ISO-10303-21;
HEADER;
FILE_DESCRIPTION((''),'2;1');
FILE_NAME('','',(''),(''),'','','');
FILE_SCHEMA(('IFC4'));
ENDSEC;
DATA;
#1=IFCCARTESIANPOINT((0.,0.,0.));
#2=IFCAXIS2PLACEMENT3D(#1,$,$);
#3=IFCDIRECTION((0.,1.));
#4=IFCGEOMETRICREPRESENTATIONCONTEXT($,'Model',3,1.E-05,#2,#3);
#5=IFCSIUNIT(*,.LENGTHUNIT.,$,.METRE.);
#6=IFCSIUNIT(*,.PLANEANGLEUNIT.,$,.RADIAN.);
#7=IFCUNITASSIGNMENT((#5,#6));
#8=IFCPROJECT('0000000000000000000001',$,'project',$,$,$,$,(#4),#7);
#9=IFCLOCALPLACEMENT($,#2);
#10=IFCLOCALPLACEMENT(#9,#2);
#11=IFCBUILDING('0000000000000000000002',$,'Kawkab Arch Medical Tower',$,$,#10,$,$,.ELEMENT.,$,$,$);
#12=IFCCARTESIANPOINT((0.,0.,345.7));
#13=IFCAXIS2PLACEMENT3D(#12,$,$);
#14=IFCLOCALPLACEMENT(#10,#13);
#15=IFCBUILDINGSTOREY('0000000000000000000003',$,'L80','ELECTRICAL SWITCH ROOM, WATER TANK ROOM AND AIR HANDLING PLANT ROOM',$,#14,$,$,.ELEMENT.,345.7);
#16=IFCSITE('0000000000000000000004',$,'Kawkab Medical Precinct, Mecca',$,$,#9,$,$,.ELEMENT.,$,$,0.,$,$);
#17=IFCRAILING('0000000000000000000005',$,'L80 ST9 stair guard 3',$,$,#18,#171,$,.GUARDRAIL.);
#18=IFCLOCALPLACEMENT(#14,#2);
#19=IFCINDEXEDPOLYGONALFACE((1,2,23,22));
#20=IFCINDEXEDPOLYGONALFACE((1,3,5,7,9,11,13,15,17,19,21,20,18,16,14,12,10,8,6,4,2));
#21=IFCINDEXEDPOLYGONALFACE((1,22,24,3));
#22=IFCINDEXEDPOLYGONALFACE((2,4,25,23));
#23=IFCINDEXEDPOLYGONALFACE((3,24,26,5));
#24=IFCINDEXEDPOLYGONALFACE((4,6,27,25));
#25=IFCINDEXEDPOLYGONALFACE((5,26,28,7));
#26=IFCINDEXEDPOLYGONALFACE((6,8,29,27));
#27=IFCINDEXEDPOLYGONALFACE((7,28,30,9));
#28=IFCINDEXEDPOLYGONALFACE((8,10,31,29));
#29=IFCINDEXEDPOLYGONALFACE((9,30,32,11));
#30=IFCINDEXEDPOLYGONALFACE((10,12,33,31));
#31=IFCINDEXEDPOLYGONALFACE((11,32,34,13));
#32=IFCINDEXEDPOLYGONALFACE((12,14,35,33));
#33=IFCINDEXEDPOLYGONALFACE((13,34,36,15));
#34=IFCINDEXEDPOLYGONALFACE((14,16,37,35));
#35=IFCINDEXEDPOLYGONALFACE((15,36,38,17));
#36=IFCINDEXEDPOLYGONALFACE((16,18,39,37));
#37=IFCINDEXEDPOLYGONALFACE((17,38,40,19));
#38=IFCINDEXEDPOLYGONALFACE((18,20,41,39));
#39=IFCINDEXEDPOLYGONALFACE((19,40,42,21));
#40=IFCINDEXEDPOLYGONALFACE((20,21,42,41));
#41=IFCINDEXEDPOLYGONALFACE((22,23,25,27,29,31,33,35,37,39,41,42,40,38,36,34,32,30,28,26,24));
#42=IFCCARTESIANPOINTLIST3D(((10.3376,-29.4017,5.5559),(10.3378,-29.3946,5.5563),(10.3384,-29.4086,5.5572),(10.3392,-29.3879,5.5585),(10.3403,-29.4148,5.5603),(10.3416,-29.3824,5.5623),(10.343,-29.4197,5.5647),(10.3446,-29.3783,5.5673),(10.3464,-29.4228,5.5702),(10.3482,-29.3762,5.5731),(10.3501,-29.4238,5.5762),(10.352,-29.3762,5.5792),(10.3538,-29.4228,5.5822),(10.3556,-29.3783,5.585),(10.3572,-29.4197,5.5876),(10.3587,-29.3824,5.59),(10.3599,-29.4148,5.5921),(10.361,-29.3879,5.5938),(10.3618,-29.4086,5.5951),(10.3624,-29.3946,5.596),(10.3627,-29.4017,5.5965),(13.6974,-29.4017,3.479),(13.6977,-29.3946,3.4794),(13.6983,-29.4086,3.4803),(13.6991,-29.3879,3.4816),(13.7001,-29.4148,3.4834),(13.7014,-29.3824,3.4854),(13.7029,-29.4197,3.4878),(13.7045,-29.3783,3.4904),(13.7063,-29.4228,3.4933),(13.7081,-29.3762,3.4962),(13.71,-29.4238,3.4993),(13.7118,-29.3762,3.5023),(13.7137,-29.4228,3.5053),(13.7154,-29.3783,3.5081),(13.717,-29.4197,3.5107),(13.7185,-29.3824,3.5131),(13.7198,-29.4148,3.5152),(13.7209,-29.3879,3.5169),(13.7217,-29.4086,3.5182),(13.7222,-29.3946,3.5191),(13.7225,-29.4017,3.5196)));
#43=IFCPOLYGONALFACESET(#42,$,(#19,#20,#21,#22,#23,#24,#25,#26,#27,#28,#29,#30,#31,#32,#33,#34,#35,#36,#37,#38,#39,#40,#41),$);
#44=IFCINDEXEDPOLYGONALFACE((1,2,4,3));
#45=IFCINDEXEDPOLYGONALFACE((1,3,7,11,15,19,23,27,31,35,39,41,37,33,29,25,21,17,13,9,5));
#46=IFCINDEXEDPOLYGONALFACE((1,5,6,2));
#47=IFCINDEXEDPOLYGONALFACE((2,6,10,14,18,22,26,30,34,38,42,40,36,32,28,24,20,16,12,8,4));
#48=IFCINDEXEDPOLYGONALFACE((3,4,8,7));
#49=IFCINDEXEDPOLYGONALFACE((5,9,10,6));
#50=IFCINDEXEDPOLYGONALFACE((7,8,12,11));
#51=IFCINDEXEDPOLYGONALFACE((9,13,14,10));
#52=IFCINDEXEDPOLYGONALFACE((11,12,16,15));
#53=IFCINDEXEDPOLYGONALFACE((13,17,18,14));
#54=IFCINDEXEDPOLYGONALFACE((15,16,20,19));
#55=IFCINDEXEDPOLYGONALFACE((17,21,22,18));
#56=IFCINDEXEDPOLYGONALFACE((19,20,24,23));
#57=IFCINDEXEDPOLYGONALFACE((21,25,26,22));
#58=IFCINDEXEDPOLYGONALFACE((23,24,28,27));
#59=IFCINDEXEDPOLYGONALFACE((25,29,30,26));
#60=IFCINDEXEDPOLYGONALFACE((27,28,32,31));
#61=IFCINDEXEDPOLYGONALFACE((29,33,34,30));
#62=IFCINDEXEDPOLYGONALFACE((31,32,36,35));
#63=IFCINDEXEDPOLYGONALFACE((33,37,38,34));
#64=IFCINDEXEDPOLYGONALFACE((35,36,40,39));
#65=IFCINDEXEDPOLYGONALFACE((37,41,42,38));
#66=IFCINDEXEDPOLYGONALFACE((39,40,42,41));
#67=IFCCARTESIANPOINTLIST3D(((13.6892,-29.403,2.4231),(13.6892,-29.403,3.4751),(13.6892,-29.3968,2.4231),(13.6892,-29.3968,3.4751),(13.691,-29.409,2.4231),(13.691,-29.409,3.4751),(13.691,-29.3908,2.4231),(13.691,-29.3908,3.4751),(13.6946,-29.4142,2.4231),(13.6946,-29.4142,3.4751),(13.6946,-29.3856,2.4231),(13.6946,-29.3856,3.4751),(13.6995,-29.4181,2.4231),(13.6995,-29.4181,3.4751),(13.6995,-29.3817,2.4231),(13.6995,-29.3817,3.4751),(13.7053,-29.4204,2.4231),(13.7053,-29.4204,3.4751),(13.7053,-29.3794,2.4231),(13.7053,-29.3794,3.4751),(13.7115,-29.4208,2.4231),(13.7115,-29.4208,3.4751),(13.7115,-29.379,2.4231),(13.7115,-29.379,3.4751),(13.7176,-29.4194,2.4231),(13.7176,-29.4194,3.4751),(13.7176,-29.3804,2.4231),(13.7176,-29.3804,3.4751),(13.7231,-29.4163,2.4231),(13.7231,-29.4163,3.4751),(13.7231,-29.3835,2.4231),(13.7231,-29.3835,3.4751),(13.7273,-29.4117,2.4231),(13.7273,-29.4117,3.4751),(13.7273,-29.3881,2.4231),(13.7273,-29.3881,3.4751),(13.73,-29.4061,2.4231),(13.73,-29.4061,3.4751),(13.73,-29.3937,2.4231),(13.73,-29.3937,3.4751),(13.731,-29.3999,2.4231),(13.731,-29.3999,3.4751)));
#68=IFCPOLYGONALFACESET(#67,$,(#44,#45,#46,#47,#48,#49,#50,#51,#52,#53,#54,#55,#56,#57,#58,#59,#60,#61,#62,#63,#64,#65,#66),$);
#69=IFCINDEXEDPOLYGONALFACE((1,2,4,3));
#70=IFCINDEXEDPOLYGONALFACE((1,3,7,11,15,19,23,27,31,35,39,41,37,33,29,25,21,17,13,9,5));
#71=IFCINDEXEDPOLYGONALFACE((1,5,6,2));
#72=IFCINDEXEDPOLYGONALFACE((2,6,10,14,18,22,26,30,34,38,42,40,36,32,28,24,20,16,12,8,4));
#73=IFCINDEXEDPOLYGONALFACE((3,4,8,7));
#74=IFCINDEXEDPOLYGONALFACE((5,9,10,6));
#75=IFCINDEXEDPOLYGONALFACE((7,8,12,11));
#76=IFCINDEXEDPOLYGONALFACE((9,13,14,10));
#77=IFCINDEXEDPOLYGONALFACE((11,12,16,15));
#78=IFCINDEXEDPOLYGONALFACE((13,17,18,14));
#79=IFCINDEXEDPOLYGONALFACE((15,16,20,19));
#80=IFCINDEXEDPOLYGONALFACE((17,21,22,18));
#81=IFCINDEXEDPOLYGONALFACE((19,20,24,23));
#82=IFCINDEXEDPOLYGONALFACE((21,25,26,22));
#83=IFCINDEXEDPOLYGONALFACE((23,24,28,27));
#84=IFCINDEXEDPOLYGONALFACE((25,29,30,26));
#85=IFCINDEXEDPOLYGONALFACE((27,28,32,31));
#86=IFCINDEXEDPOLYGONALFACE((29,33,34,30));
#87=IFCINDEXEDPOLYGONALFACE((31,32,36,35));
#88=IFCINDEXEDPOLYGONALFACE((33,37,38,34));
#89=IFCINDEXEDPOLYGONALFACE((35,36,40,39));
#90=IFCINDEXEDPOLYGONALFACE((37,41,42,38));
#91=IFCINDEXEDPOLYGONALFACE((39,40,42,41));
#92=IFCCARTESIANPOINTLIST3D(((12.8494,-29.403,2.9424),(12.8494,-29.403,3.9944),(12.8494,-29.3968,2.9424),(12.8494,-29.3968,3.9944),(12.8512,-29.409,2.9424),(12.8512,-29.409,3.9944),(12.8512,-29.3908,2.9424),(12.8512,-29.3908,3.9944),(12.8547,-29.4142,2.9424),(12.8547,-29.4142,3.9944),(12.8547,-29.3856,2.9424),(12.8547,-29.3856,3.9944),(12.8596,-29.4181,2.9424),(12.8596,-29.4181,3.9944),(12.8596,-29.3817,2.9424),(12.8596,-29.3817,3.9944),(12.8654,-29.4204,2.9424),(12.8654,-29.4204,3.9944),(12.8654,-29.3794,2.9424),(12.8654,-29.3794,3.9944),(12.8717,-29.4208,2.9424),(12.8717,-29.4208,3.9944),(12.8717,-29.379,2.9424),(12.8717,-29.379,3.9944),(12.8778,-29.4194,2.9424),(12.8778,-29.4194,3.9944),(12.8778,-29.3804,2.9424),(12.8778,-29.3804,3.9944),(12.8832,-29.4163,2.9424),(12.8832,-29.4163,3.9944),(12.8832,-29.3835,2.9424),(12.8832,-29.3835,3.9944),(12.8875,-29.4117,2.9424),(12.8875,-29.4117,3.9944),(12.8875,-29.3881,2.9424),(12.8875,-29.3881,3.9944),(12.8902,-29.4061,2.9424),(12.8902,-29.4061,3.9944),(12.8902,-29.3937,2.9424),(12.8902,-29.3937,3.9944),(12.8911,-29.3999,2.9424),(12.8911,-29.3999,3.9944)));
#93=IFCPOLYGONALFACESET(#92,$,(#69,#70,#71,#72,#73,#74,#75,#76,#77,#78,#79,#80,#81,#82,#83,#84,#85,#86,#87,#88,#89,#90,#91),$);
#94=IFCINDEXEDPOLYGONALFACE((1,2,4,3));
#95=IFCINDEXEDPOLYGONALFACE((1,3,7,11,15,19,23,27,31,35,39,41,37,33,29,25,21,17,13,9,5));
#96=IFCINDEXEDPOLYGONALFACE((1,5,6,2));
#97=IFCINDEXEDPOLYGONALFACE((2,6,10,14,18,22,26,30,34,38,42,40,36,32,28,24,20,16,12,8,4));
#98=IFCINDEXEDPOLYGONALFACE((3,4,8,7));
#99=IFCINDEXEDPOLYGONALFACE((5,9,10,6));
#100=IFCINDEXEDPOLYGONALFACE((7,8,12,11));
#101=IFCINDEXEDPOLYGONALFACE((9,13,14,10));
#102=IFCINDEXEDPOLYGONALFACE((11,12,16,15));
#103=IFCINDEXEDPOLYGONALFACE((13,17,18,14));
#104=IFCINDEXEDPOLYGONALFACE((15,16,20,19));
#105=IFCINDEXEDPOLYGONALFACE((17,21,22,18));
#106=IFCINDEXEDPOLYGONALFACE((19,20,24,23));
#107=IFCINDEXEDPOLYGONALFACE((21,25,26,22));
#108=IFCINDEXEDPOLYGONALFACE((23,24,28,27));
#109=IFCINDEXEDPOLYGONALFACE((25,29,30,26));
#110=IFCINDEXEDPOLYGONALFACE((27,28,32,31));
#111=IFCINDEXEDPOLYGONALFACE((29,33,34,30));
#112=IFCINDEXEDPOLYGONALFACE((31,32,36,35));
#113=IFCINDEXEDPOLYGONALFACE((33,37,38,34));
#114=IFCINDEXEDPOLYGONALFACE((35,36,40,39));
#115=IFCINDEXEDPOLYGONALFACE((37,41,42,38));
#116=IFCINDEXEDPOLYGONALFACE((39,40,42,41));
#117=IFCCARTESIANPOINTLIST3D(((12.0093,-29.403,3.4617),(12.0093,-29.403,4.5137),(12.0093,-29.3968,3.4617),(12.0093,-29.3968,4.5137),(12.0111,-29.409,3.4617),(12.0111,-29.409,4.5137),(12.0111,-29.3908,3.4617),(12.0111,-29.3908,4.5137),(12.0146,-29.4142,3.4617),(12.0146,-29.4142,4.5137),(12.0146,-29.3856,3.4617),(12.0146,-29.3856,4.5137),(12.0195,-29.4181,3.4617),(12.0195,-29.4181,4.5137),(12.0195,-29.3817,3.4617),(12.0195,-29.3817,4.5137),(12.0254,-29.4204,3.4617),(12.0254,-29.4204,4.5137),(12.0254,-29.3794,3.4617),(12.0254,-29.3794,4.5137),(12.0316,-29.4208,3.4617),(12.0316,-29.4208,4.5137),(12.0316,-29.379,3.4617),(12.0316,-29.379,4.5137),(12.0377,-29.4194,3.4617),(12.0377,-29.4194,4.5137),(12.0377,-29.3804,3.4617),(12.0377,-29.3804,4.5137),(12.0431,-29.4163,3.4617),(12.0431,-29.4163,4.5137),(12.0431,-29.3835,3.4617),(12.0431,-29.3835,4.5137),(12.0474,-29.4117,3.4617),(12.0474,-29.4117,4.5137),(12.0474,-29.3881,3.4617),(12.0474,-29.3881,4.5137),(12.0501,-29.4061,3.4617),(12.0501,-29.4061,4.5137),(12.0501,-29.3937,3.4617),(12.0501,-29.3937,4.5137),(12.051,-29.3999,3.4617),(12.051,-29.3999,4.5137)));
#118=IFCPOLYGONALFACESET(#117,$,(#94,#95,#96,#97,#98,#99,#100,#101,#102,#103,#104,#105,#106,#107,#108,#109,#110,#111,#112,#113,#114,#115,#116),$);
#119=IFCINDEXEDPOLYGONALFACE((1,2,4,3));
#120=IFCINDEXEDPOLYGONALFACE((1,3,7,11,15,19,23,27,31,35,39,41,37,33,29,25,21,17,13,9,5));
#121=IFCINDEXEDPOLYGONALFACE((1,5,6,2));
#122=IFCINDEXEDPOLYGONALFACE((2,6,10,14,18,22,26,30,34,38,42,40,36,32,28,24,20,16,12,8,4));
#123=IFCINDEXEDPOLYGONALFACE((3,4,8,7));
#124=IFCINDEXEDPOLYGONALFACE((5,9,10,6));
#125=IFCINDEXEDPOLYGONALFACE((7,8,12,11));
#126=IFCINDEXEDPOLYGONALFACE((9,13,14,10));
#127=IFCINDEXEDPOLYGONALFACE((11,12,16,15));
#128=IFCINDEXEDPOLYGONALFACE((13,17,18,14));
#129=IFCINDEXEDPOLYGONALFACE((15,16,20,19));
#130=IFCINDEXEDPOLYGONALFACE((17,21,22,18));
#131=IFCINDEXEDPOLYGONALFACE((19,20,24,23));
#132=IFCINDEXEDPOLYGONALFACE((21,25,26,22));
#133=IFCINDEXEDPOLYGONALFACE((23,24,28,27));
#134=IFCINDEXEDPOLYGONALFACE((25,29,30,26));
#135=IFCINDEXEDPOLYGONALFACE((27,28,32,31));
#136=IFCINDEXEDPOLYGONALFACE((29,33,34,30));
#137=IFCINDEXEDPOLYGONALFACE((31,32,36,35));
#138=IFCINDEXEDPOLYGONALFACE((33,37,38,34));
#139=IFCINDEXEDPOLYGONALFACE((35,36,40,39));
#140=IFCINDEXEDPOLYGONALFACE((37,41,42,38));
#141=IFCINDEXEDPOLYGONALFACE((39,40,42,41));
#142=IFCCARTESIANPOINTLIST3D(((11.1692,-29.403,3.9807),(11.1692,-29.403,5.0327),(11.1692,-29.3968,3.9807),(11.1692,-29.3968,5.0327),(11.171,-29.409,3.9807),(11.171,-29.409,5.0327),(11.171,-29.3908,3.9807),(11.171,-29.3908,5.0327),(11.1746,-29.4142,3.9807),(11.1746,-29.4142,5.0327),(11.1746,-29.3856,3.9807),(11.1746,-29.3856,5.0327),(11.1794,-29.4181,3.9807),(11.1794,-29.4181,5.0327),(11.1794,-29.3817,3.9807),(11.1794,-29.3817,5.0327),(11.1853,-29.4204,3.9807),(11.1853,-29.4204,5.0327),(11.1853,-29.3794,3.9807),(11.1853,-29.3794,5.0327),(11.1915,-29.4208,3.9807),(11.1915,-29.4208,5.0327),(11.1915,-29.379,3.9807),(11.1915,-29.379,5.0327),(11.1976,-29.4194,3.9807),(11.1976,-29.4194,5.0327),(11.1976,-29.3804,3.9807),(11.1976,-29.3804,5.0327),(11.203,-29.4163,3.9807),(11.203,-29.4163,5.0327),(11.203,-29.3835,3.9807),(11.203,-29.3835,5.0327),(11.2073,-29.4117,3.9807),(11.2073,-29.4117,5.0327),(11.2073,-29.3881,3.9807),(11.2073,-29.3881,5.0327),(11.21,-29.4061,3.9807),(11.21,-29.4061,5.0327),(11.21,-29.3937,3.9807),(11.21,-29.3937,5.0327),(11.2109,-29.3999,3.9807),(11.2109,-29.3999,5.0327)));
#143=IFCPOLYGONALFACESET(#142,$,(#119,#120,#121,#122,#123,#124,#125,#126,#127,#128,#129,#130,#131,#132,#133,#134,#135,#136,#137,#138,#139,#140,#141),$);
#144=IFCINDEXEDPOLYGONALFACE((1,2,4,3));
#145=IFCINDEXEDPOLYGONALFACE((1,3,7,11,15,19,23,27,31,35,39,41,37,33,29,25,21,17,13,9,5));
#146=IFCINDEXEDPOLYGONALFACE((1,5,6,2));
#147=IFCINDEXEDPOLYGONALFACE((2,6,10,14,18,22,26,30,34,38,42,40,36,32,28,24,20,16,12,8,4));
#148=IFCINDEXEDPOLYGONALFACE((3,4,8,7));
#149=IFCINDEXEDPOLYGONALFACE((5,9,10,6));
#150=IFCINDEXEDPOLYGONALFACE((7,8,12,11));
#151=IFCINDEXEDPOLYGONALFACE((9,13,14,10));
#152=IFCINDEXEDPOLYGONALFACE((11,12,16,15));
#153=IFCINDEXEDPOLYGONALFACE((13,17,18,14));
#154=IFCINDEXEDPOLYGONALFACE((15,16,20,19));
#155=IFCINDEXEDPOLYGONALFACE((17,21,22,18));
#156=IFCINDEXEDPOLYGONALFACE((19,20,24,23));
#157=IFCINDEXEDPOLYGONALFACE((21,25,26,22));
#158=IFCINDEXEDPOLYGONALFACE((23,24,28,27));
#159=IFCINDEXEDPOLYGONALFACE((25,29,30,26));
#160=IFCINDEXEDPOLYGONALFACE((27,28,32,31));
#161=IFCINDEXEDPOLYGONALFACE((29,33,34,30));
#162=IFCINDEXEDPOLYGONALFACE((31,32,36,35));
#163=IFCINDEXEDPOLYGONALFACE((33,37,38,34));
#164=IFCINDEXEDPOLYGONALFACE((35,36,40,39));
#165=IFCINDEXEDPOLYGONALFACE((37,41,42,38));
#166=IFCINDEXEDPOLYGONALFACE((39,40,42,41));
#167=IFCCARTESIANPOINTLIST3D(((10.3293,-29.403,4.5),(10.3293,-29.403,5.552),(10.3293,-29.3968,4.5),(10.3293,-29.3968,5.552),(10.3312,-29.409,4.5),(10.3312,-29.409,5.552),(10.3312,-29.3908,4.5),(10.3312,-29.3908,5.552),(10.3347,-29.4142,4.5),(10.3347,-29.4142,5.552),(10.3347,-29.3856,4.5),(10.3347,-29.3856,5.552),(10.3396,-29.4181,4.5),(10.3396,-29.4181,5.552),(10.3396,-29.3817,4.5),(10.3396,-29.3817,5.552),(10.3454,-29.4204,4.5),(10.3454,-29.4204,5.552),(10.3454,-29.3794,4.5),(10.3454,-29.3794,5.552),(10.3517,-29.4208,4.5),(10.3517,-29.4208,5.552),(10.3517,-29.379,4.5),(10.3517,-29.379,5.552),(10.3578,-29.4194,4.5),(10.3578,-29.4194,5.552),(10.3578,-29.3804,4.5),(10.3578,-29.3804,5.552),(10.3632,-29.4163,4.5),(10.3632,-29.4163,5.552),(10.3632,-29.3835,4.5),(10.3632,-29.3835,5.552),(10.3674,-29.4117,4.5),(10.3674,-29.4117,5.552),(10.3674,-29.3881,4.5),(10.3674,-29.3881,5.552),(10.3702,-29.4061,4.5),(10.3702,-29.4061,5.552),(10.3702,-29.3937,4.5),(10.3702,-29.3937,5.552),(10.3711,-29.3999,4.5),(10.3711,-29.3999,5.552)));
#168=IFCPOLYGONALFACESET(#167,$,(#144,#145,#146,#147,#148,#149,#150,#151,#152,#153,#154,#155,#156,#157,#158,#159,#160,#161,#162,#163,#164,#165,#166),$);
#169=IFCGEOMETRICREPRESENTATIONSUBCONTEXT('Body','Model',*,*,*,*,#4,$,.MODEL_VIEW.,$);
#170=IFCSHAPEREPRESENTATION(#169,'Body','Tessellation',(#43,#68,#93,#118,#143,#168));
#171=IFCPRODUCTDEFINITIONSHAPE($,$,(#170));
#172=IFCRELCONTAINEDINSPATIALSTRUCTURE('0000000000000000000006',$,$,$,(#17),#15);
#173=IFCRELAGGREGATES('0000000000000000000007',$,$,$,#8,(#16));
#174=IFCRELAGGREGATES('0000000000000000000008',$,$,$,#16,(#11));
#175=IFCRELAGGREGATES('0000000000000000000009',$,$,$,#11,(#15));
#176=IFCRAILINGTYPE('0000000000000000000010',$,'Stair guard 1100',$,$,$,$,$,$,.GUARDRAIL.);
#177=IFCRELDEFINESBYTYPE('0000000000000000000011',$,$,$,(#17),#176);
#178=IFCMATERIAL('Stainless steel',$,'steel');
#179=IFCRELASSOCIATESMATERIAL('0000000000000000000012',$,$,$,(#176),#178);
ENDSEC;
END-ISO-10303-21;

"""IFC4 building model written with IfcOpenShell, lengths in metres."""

from ifc_helpers import new_model, si_unit, direction, frame, origin, origin_2d, place, context, subcontext, project, spatial, circle, extrude, material, type_object, element, save


model = new_model("IFC4")

# Units and contexts
model_context = context("Model", 3, precision=1e-05, world=origin(), true_north=direction((0.0, 1.0)))
body_context = subcontext(model_context, "Body", "Model", "MODEL_VIEW")
ifc_project = project(units=[si_unit("LENGTHUNIT", "METRE"), si_unit("PLANEANGLEUNIT", "RADIAN")], contexts=[model_context])

# Site, building, storey
site_placement = place(None, origin())
site = spatial("IfcSite", under=ifc_project, at=site_placement, Name="Kawkab Medical Precinct, Mecca", CompositionType="ELEMENT", RefElevation=0.0)
building_placement = place(site_placement, origin())
building = spatial("IfcBuilding", under=site, at=building_placement, Name="Kawkab Arch Medical Tower", CompositionType="ELEMENT")
storey_placement = place(building_placement, frame((0.0, 0.0, 345.7)))
storey = spatial("IfcBuildingStorey", under=building, at=storey_placement, Name="L80", Description="ELECTRICAL SWITCH ROOM, WATER TANK ROOM AND AIR HANDLING PLANT ROOM", CompositionType="ELEMENT", Elevation=345.7)

# Railing
ifc_material_1 = material(Name="Stainless steel", Category="steel")
railing_type = type_object("IfcRailingType", Name="Stair guard 1100", PredefinedType="GUARDRAIL", material=ifc_material_1)
railing_1_placement = place(storey_placement, frame((13.71, -29.3999, 2.4231)))
element("IfcRailing", 1, at=railing_1_placement, inside=storey, type_object=railing_type, Name="L80 ST9 stair guard 3", PredefinedType="GUARDRAIL", context=body_context, shape_type="SweptSolid", body=[
    extrude(circle(Radius=0.0239, at=origin_2d()), frame((0.0, 0.0, 1.0762), z_axis=(-0.850606, 0.0, 0.525803), x_axis=(0.0, -1.0, 0.0)), (0.0, 0.0, 1.0), 3.95),
    extrude(circle(Radius=0.021, at=origin_2d()), origin(), (0.0, 0.0, 1.0), 1.052),
    extrude(circle(Radius=0.021, at=origin_2d()), frame((-0.8398, 0.0, 0.5193)), (0.0, 0.0, 1.0), 1.052),
    extrude(circle(Radius=0.021, at=origin_2d()), frame((-1.6799, 0.0, 1.0386)), (0.0, 0.0, 1.0), 1.052),
    extrude(circle(Radius=0.021, at=origin_2d()), frame((-2.52, 0.0, 1.5576)), (0.0, 0.0, 1.0), 1.052),
    extrude(circle(Radius=0.021, at=origin_2d()), frame((-3.3599, 0.0, 2.0769)), (0.0, 0.0, 1.0), 1.052),
])

save(model, "model.ifc")
